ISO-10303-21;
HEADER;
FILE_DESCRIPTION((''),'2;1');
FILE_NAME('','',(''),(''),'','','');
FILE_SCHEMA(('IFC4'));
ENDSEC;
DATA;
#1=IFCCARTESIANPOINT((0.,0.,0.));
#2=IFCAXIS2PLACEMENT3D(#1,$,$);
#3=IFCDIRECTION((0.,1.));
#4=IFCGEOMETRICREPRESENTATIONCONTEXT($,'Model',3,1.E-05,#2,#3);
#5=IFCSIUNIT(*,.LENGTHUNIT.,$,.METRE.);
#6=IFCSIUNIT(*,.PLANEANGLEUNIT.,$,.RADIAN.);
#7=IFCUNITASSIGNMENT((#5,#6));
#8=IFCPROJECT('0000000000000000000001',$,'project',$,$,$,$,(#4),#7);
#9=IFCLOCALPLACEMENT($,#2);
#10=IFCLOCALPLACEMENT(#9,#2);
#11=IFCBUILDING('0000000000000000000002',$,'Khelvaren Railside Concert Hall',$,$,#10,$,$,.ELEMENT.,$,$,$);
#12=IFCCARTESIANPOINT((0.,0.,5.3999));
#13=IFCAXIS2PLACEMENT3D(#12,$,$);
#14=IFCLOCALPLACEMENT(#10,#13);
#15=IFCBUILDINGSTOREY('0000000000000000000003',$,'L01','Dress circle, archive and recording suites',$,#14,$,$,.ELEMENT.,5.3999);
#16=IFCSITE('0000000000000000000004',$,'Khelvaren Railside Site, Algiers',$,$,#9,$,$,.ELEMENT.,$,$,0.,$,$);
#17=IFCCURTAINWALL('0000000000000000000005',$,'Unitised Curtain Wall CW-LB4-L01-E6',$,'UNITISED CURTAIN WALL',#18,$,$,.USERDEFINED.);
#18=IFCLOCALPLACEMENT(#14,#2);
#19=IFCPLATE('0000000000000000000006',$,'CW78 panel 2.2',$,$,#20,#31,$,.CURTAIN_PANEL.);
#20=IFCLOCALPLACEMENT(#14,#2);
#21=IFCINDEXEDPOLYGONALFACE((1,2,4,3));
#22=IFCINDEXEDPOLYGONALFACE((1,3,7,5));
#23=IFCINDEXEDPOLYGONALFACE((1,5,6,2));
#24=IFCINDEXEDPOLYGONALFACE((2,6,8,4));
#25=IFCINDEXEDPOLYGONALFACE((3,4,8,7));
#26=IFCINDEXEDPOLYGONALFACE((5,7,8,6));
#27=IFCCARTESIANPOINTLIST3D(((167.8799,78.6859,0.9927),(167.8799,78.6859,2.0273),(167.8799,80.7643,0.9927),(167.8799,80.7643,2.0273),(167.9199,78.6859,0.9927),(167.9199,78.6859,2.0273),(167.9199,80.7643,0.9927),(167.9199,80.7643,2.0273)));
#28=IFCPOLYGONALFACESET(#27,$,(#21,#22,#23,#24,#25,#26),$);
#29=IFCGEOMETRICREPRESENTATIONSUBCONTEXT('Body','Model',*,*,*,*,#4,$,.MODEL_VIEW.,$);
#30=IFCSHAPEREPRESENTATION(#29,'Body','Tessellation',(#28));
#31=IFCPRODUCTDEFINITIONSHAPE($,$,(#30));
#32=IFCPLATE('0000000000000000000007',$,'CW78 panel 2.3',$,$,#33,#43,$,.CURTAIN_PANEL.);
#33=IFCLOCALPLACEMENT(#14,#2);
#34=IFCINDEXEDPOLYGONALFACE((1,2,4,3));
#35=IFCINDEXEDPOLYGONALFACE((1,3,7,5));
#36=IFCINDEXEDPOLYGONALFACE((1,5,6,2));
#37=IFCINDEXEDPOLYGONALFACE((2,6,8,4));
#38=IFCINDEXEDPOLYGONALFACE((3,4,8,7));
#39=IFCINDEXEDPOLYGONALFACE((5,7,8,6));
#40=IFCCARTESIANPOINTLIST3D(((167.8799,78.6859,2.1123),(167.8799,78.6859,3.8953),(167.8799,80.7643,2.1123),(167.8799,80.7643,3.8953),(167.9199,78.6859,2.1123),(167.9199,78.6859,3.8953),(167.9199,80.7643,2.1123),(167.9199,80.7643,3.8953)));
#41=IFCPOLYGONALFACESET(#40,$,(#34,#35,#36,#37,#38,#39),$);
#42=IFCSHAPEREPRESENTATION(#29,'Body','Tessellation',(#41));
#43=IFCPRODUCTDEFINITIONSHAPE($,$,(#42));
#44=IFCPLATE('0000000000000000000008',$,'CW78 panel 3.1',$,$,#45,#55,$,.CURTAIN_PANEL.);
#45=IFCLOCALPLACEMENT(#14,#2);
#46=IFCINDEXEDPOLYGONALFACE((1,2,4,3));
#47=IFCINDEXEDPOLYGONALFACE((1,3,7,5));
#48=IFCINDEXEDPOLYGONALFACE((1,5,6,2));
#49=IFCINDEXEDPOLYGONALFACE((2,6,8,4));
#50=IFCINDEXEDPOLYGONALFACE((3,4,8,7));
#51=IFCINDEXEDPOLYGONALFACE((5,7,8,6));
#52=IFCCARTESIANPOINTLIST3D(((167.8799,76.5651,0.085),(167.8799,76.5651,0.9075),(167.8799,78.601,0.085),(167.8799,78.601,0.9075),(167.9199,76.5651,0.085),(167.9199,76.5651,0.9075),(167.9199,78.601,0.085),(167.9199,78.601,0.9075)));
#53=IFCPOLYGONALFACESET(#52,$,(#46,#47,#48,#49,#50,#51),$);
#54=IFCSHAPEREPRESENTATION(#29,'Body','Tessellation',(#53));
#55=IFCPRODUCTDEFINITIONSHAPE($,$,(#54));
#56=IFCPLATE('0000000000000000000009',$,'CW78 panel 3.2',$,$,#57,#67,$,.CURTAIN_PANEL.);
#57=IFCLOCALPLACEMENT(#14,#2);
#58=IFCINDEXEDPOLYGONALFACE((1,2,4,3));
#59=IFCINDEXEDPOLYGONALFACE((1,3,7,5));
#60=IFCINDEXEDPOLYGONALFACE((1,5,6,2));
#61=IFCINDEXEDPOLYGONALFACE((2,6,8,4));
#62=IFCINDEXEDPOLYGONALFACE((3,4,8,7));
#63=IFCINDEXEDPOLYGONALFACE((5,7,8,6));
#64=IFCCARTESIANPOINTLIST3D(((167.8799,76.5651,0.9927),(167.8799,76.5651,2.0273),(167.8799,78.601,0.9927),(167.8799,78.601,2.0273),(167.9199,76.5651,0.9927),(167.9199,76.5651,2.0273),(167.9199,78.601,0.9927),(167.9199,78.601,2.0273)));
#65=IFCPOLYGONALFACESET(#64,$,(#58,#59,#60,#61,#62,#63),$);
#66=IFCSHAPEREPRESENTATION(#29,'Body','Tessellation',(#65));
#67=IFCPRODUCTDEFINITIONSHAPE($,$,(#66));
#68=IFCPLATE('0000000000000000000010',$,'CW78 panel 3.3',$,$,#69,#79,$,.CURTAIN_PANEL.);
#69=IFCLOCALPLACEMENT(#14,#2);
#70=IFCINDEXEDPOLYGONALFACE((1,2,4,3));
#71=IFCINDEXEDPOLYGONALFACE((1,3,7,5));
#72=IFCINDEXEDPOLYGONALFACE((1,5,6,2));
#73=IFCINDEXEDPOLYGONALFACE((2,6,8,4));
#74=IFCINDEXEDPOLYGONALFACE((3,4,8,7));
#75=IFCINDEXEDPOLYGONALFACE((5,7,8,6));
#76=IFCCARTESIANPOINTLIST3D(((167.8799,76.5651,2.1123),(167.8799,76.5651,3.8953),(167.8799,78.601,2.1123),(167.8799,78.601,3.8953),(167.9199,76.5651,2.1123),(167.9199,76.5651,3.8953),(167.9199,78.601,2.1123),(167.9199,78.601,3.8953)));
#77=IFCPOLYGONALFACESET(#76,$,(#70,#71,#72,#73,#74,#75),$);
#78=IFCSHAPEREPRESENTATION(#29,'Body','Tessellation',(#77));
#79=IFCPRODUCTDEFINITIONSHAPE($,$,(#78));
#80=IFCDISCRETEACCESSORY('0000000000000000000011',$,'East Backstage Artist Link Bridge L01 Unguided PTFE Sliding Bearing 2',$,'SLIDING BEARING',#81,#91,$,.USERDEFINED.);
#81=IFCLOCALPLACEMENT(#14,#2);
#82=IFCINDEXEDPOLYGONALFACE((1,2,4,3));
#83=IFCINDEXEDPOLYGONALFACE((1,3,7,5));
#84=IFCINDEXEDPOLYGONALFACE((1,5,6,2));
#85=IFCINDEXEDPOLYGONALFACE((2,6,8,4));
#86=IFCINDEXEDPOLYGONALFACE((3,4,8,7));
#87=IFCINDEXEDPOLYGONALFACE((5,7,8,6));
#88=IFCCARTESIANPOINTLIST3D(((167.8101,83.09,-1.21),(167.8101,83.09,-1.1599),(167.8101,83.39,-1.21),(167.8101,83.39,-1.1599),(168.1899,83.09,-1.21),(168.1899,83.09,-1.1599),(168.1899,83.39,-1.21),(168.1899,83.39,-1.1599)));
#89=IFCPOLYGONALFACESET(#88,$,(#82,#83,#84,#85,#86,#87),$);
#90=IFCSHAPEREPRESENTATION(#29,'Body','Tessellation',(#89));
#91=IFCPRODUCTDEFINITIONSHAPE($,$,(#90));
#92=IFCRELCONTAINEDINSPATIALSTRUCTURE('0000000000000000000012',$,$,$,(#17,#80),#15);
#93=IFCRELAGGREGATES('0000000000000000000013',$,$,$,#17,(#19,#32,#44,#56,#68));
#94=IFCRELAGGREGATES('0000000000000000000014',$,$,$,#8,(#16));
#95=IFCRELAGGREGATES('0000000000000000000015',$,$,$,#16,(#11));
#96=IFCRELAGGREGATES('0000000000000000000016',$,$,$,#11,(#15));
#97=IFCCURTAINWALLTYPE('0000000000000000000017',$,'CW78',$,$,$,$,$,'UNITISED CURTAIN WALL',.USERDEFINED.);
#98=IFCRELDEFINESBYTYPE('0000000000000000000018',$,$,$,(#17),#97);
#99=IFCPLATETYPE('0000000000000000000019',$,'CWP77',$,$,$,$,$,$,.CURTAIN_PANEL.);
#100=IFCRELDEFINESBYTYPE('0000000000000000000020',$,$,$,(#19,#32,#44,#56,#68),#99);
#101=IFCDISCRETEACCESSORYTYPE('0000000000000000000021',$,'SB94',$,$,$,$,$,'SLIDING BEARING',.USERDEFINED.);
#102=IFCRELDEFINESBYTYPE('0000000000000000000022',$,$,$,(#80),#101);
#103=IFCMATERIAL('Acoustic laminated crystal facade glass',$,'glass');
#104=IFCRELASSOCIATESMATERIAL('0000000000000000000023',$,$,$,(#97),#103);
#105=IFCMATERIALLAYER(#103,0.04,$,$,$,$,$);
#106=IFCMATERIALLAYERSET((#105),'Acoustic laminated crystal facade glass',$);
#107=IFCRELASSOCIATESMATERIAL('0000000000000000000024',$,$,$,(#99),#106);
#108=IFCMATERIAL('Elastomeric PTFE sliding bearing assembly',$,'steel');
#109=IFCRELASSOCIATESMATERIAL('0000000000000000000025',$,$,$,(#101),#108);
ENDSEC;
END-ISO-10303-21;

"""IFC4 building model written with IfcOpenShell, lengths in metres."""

from ifc_helpers import new_model, si_unit, direction, frame, origin, origin_2d, place, context, subcontext, project, spatial, rectangle, extrude, material, layer, layer_set, type_object, element, aggregate, save


model = new_model("IFC4")

# Units and contexts
model_context = context("Model", 3, precision=1e-05, world=origin(), true_north=direction((0.0, 1.0)))
body_context = subcontext(model_context, "Body", "Model", "MODEL_VIEW")
ifc_project = project(units=[si_unit("LENGTHUNIT", "METRE"), si_unit("PLANEANGLEUNIT", "RADIAN")], contexts=[model_context])

# Site, building, storey
site_placement = place(None, origin())
site = spatial("IfcSite", under=ifc_project, at=site_placement, Name="Khelvaren Railside Site, Algiers", CompositionType="ELEMENT", RefElevation=0.0)
building_placement = place(site_placement, origin())
building = spatial("IfcBuilding", under=site, at=building_placement, Name="Khelvaren Railside Concert Hall", CompositionType="ELEMENT")
storey_placement = place(building_placement, frame((0.0, 0.0, 5.3999)))
storey = spatial("IfcBuildingStorey", under=building, at=storey_placement, Name="L01", Description="Dress circle, archive and recording suites", CompositionType="ELEMENT", Elevation=5.3999)

# Curtain wall, plates
ifc_material_1 = material(Name="Acoustic laminated crystal facade glass", Category="glass")
curtain_wall_type = type_object("IfcCurtainWallType", Name="CW78", ElementType="UNITISED CURTAIN WALL", PredefinedType="USERDEFINED", material=ifc_material_1)
curtain_wall_placement = place(storey_placement, origin())
curtain_wall = element("IfcCurtainWall", 1, at=curtain_wall_placement, inside=storey, type_object=curtain_wall_type, Name="Unitised Curtain Wall CW-LB4-L01-E6", ObjectType="UNITISED CURTAIN WALL", PredefinedType="USERDEFINED")
ifc_layer = layer(ifc_material_1, 0.04)
ifc_layer_set = layer_set([ifc_layer], Name="Acoustic laminated crystal facade glass")
plate_type = type_object("IfcPlateType", Name="CWP77", PredefinedType="CURTAIN_PANEL", material=ifc_layer_set)
plate_1_placement = place(storey_placement, frame((167.8999, 79.7251, 0.9927), z_axis=(0.0, 0.0, 1.0), x_axis=(0.0, -1.0, 0.0)))
plate_1 = element("IfcPlate", 2, at=plate_1_placement, type_object=plate_type, Name="CW78 panel 2.2", PredefinedType="CURTAIN_PANEL", context=body_context, shape_type="SweptSolid", body=[
    extrude(rectangle(XDim=2.0784, YDim=0.04, at=origin_2d()), origin(), (0.0, 0.0, 1.0), 1.0347),
])
plate_2_placement = place(storey_placement, frame((167.8999, 79.7251, 2.1123), z_axis=(0.0, 0.0, 1.0), x_axis=(0.0, -1.0, 0.0)))
plate_2 = element("IfcPlate", 3, at=plate_2_placement, type_object=plate_type, Name="CW78 panel 2.3", PredefinedType="CURTAIN_PANEL", context=body_context, shape_type="SweptSolid", body=[
    extrude(rectangle(XDim=2.0784, YDim=0.04, at=origin_2d()), origin(), (0.0, 0.0, 1.0), 1.783),
])
plate_3_placement = place(storey_placement, frame((167.8999, 77.583, 0.085), z_axis=(0.0, 0.0, 1.0), x_axis=(0.0, -1.0, 0.0)))
plate_3 = element("IfcPlate", 4, at=plate_3_placement, type_object=plate_type, Name="CW78 panel 3.1", PredefinedType="CURTAIN_PANEL", context=body_context, shape_type="SweptSolid", body=[
    extrude(rectangle(XDim=2.0359, YDim=0.04, at=origin_2d()), origin(), (0.0, 0.0, 1.0), 0.8225),
])
plate_4_placement = place(storey_placement, frame((167.8999, 77.583, 0.9927), z_axis=(0.0, 0.0, 1.0), x_axis=(0.0, -1.0, 0.0)))
plate_4 = element("IfcPlate", 5, at=plate_4_placement, type_object=plate_type, Name="CW78 panel 3.2", PredefinedType="CURTAIN_PANEL", context=body_context, shape_type="SweptSolid", body=[
    extrude(rectangle(XDim=2.0359, YDim=0.04, at=origin_2d()), origin(), (0.0, 0.0, 1.0), 1.0347),
])
plate_5_placement = place(storey_placement, frame((167.8999, 77.583, 2.1123), z_axis=(0.0, 0.0, 1.0), x_axis=(0.0, -1.0, 0.0)))
plate_5 = element("IfcPlate", 6, at=plate_5_placement, type_object=plate_type, Name="CW78 panel 3.3", PredefinedType="CURTAIN_PANEL", context=body_context, shape_type="SweptSolid", body=[
    extrude(rectangle(XDim=2.0359, YDim=0.04, at=origin_2d()), origin(), (0.0, 0.0, 1.0), 1.783),
])
aggregate(curtain_wall, [plate_1, plate_2, plate_3, plate_4, plate_5])

# Discrete accessory
ifc_material_2 = material(Name="Elastomeric PTFE sliding bearing assembly", Category="steel")
discrete_accessory_type = type_object("IfcDiscreteAccessoryType", Name="SB94", ElementType="SLIDING BEARING", PredefinedType="USERDEFINED", material=ifc_material_2)
discrete_accessory_placement = place(storey_placement, frame((168.0, 83.24, -1.21), z_axis=(0.0, 0.0, 1.0), x_axis=(0.0, 1.0, 0.0)))
element("IfcDiscreteAccessory", 7, at=discrete_accessory_placement, inside=storey, type_object=discrete_accessory_type, Name="East Backstage Artist Link Bridge L01 Unguided PTFE Sliding Bearing 2", ObjectType="SLIDING BEARING", PredefinedType="USERDEFINED", context=body_context, shape_type="SweptSolid", body=[
    extrude(rectangle(XDim=0.3, YDim=0.3799, at=origin_2d()), origin(), (0.0, 0.0, 1.0), 0.05),
])

save(model, "model.ifc")
